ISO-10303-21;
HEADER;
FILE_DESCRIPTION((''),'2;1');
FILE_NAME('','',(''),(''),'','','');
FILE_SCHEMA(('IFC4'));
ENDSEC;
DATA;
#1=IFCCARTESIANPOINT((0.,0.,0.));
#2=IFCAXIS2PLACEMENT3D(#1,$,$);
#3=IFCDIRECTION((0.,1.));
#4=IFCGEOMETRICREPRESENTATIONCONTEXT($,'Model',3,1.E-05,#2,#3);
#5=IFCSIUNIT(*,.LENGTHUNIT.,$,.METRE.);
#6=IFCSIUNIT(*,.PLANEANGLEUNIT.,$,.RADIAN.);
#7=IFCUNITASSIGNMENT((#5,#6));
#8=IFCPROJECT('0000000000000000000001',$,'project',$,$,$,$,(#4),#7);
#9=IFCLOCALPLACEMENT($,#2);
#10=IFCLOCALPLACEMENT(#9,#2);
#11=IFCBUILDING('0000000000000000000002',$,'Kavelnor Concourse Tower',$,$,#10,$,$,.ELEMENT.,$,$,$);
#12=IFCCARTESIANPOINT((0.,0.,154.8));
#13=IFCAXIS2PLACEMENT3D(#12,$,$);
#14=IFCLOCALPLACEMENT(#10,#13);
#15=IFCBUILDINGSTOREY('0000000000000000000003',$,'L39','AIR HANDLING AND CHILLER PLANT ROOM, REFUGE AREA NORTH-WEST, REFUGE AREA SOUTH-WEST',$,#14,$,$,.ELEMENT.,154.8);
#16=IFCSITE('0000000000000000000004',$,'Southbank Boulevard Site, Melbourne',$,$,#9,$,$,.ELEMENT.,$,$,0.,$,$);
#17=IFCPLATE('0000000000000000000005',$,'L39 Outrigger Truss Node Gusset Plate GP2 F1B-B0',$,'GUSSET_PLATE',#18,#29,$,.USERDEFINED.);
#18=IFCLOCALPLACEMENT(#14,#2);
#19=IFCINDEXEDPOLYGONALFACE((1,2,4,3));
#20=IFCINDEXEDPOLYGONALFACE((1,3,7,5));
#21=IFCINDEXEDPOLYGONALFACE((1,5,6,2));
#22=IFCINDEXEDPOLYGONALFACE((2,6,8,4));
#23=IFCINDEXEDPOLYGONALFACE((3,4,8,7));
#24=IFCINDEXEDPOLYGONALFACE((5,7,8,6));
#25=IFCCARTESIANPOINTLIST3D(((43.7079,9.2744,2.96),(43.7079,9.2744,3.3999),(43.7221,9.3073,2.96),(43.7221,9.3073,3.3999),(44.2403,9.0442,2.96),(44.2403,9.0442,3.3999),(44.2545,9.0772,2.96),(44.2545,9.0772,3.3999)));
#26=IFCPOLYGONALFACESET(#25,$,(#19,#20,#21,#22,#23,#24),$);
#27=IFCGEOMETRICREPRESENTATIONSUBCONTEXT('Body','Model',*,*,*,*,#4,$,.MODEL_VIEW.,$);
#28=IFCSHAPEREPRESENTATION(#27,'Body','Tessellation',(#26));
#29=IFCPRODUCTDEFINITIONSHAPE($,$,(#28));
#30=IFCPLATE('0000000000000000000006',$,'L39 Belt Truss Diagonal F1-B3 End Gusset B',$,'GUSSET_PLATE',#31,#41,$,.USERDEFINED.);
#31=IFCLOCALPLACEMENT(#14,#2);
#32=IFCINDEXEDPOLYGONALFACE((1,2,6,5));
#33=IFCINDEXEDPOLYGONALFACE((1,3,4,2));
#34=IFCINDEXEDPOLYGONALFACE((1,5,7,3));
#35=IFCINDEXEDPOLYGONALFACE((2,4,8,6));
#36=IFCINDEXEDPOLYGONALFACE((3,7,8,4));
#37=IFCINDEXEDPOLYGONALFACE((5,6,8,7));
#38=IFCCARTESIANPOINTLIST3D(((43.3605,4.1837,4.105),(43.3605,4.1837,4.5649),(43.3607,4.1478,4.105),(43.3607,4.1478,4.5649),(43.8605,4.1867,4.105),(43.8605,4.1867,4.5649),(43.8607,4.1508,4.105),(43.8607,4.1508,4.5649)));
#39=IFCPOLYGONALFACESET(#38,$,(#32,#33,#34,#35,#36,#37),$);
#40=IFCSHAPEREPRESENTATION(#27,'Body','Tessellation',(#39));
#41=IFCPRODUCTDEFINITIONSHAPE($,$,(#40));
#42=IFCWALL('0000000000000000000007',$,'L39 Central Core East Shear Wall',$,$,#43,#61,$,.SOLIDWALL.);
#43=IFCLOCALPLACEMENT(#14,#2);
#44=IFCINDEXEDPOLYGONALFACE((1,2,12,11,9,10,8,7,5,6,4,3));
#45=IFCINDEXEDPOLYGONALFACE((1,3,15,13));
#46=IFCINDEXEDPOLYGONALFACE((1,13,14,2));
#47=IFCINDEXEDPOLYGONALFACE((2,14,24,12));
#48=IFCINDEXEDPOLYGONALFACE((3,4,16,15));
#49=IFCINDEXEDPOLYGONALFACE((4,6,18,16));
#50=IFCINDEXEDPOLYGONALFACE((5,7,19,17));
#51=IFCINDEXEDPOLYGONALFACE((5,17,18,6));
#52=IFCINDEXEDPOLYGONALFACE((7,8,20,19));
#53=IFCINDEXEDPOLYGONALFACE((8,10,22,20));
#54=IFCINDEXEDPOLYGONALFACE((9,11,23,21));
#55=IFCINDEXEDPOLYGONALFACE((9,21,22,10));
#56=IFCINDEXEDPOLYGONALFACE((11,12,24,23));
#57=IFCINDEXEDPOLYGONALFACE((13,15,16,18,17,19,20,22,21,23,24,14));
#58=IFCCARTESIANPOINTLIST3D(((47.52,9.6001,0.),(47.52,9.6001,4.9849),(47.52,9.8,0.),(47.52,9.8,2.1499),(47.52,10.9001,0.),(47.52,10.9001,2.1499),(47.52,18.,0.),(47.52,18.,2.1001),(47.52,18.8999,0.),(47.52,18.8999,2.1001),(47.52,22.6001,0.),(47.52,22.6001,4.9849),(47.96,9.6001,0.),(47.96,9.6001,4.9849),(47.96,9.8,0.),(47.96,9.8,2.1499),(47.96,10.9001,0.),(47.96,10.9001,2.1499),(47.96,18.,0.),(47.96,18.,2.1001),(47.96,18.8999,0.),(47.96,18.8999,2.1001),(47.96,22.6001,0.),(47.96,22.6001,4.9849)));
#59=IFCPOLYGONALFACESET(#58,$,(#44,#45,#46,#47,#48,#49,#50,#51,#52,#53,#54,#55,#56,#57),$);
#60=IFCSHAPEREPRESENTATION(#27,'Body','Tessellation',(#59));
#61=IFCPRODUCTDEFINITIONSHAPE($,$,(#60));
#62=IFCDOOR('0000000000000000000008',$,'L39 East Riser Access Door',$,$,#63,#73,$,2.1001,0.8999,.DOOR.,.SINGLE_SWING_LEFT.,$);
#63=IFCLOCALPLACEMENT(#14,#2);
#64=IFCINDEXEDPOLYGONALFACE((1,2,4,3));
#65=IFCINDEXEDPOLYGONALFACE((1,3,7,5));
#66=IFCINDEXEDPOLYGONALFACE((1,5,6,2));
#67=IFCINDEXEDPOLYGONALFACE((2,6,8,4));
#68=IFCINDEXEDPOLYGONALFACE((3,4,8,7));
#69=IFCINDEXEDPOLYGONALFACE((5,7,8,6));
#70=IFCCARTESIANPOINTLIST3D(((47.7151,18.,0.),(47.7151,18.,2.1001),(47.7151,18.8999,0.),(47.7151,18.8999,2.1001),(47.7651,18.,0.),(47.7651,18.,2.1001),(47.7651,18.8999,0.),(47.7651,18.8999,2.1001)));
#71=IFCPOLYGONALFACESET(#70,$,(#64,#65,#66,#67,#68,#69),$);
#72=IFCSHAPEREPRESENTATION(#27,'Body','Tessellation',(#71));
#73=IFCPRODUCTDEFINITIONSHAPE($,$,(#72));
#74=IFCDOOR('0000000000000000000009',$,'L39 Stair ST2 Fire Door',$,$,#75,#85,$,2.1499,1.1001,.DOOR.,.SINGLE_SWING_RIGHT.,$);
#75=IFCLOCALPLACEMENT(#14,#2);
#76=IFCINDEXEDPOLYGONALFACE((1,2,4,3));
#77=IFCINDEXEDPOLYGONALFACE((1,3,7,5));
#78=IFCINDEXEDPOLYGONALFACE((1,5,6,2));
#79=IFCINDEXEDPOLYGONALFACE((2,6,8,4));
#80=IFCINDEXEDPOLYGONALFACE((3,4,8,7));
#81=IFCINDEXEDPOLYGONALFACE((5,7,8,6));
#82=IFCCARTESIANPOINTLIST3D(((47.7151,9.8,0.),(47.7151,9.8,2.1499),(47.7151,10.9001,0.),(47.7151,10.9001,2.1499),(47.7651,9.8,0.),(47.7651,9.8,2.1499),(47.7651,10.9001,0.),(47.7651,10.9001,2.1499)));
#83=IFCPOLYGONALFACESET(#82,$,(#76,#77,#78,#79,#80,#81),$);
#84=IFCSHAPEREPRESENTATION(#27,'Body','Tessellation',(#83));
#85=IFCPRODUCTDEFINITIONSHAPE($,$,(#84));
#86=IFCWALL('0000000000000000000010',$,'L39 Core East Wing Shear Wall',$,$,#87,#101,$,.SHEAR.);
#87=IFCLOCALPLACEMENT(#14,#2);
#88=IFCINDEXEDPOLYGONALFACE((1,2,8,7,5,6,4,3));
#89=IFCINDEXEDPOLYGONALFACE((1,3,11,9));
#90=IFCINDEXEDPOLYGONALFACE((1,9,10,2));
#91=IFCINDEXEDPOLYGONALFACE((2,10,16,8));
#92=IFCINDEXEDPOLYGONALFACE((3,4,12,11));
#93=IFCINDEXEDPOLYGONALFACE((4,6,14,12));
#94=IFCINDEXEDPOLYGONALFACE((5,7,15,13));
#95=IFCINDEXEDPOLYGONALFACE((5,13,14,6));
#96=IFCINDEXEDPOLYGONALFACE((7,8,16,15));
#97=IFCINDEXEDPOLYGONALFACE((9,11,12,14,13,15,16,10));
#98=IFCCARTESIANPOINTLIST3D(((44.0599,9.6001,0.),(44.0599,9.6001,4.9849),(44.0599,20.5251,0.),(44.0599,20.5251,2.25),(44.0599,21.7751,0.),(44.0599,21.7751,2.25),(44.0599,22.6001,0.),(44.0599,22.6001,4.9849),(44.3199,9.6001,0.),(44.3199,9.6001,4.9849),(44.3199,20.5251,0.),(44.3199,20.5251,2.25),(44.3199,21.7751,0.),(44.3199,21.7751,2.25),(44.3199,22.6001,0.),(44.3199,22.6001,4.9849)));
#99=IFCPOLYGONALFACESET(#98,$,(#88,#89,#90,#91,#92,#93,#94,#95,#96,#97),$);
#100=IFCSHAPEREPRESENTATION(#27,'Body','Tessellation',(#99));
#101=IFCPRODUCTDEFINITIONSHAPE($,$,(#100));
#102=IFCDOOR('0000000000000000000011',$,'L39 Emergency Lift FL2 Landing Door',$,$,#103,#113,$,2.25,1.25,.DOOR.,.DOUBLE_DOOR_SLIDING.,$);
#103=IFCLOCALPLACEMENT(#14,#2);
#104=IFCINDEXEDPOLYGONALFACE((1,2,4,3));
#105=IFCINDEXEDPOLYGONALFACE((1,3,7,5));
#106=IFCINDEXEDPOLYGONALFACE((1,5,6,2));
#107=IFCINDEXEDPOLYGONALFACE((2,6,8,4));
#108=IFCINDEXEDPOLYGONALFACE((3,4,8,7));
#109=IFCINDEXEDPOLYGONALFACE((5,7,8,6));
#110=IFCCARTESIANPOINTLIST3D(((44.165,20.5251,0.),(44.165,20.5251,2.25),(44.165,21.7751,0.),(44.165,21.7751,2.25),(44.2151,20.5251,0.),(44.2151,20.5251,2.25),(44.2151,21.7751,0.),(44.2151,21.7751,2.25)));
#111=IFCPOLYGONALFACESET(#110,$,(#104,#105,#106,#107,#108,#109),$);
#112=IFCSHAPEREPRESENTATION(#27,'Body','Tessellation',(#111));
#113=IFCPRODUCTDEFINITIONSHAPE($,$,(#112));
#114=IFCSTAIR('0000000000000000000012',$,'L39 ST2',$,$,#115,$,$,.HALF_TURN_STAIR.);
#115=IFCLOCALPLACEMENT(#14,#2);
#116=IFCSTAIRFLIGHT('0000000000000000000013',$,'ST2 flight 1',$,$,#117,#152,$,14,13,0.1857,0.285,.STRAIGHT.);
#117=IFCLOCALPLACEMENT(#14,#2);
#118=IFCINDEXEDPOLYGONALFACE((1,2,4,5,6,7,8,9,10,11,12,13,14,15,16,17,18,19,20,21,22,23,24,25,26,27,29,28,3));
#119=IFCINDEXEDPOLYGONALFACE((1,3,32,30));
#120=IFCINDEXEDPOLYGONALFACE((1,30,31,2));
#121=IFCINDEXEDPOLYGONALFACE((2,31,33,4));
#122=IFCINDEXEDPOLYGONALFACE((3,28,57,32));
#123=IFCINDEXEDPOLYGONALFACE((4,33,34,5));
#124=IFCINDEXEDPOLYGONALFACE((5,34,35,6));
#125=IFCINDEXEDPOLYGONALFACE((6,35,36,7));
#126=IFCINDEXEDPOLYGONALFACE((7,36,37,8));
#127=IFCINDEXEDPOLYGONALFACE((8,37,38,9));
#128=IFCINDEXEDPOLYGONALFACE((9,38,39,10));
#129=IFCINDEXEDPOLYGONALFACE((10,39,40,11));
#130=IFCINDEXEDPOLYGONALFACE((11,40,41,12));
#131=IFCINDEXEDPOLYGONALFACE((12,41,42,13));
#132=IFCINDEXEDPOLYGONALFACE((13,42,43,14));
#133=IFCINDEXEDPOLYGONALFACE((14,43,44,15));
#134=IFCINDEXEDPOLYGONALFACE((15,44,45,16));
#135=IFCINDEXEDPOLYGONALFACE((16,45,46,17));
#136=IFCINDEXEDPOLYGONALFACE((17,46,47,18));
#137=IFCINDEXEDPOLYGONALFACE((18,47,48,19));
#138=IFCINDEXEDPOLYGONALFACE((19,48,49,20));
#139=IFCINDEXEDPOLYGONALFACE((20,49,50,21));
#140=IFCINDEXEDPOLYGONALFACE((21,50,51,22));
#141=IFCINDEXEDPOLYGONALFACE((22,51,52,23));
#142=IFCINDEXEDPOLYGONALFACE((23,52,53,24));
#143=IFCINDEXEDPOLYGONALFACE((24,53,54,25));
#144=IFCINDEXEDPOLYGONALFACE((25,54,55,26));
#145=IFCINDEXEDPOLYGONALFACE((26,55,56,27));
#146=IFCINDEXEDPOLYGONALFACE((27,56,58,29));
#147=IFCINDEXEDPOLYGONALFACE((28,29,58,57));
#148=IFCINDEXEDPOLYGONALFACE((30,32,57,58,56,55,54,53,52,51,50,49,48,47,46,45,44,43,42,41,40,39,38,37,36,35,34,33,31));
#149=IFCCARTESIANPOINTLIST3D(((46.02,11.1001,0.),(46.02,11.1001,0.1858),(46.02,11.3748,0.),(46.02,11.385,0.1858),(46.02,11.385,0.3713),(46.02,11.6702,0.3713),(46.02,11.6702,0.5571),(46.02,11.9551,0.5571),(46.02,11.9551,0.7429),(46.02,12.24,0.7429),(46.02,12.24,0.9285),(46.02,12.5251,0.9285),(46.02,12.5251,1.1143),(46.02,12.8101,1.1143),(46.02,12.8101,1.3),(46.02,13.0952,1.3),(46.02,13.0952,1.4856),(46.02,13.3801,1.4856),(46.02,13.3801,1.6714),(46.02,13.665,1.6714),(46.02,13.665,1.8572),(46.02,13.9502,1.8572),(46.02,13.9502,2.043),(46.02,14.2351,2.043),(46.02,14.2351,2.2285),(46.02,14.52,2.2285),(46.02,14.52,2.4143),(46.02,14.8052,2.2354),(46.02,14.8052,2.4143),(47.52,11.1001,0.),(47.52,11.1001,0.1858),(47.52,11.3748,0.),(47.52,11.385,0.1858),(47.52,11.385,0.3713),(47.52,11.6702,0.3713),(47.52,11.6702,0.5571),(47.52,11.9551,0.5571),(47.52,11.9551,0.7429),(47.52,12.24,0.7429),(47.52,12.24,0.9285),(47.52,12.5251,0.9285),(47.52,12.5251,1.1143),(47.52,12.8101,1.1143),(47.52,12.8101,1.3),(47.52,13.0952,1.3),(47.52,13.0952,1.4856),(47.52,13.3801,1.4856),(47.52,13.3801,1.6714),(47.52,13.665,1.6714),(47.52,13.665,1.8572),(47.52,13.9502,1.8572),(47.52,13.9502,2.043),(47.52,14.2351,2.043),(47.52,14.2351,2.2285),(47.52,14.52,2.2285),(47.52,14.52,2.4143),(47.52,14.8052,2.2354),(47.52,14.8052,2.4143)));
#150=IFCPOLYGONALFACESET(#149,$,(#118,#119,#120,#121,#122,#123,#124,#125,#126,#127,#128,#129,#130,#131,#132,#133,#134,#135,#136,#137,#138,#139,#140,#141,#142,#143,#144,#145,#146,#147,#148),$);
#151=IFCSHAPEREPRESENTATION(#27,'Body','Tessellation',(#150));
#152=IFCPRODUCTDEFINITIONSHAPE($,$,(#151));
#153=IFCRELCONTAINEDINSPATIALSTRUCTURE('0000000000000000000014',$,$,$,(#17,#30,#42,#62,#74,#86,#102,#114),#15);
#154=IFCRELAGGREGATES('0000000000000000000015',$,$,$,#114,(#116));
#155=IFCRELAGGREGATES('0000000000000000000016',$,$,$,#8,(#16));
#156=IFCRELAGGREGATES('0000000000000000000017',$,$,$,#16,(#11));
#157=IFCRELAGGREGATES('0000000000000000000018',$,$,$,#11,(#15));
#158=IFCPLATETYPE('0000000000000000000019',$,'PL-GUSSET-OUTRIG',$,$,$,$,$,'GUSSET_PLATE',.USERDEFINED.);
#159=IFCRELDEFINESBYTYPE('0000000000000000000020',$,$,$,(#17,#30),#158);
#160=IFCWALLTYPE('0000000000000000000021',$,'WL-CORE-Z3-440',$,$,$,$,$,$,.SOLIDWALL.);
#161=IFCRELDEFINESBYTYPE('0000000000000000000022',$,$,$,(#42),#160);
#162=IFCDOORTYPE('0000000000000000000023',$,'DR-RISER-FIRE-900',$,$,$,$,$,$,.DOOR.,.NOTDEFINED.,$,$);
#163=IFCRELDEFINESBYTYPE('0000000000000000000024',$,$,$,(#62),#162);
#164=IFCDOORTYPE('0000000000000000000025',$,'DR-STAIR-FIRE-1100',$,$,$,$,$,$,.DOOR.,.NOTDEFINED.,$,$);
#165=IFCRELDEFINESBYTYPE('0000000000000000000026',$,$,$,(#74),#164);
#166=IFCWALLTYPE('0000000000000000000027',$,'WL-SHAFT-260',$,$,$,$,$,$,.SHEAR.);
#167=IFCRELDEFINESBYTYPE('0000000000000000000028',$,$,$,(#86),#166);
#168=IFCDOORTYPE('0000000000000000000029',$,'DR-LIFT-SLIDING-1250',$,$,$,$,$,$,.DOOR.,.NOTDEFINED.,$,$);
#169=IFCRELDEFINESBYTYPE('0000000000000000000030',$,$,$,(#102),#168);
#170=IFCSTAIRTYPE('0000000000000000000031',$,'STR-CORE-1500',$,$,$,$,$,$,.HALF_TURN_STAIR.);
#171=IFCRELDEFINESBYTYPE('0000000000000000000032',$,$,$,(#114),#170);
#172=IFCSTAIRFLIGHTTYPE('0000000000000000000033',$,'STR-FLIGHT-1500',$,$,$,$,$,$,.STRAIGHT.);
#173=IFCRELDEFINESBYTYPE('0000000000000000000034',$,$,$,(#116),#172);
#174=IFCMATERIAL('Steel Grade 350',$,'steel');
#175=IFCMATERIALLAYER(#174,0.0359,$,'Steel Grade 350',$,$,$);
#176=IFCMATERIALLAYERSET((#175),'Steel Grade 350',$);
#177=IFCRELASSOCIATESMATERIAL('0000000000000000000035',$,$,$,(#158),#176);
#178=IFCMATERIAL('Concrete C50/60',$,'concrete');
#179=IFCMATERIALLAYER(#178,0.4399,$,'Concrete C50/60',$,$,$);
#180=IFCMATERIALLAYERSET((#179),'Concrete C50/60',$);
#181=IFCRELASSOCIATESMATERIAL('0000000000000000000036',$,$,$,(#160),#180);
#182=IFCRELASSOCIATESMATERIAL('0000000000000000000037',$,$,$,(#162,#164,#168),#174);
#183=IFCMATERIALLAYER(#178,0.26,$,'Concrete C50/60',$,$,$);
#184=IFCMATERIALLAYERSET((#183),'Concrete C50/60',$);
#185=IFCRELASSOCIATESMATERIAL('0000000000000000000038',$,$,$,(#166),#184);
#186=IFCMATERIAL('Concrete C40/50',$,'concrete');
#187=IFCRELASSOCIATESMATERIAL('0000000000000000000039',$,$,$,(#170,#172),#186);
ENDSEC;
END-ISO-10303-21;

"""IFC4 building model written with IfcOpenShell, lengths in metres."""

from ifc_helpers import new_model, si_unit, direction, frame, frame_2d, origin, origin_2d, place, context, subcontext, project, spatial, polyline, rectangle, outline, extrude, material, layer, layer_set, type_object, element, fill, aggregate, save


model = new_model("IFC4")

# Units and contexts
model_context = context("Model", 3, precision=1e-05, world=origin(), true_north=direction((0.0, 1.0)))
body_context = subcontext(model_context, "Body", "Model", "MODEL_VIEW")
ifc_project = project(units=[si_unit("LENGTHUNIT", "METRE"), si_unit("PLANEANGLEUNIT", "RADIAN")], contexts=[model_context])

# Site, building, storey
site_placement = place(None, origin())
site = spatial("IfcSite", under=ifc_project, at=site_placement, Name="Southbank Boulevard Site, Melbourne", CompositionType="ELEMENT", RefElevation=0.0)
building_placement = place(site_placement, origin())
building = spatial("IfcBuilding", under=site, at=building_placement, Name="Kavelnor Concourse Tower", CompositionType="ELEMENT")
storey_placement = place(building_placement, frame((0.0, 0.0, 154.8)))
storey = spatial("IfcBuildingStorey", under=building, at=storey_placement, Name="L39", Description="AIR HANDLING AND CHILLER PLANT ROOM, REFUGE AREA NORTH-WEST, REFUGE AREA SOUTH-WEST", CompositionType="ELEMENT", Elevation=154.8)

# Shared definitions
ifc_material_1 = material(Name="Steel Grade 350", Category="steel")

# Plates
ifc_layer_1 = layer(ifc_material_1, 0.0359, Name="Steel Grade 350")
ifc_layer_set_1 = layer_set([ifc_layer_1], Name="Steel Grade 350")
plate_type = type_object("IfcPlateType", Name="PL-GUSSET-OUTRIG", ElementType="GUSSET_PLATE", PredefinedType="USERDEFINED", material=ifc_layer_set_1)
plate_1_placement = place(storey_placement, frame((43.9812, 9.1758, 2.96), z_axis=(0.0, 0.0, 1.0), x_axis=(0.917893, -0.396828, 0.0)))
element("IfcPlate", 1, at=plate_1_placement, inside=storey, type_object=plate_type, Name="L39 Outrigger Truss Node Gusset Plate GP2 F1B-B0", ObjectType="GUSSET_PLATE", PredefinedType="USERDEFINED", context=body_context, shape_type="SweptSolid", body=[
    extrude(rectangle(XDim=0.5801, YDim=0.0359, at=origin_2d()), origin(), (0.0, 0.0, 1.0), 0.4399),
])
plate_2_placement = place(storey_placement, frame((43.6106, 4.1672, 4.105), z_axis=(0.0, 0.0, 1.0), x_axis=(0.999981, 0.006109, 0.0)))
element("IfcPlate", 2, at=plate_2_placement, inside=storey, type_object=plate_type, Name="L39 Belt Truss Diagonal F1-B3 End Gusset B", ObjectType="GUSSET_PLATE", PredefinedType="USERDEFINED", context=body_context, shape_type="SweptSolid", body=[
    extrude(rectangle(XDim=0.5, YDim=0.0359, at=origin_2d()), origin(), (0.0, 0.0, 1.0), 0.46),
])

# Wall, openings, doors
ifc_material_2 = material(Name="Concrete C50/60", Category="concrete")
ifc_layer_2 = layer(ifc_material_2, 0.4399, Name="Concrete C50/60")
ifc_layer_set_2 = layer_set([ifc_layer_2], Name="Concrete C50/60")
wall_type_1 = type_object("IfcWallType", Name="WL-CORE-Z3-440", PredefinedType="SOLIDWALL", material=ifc_layer_set_2)
wall_1_placement = place(storey_placement, frame((47.74, 9.6001, 0.0), z_axis=(0.0, 0.0, 1.0), x_axis=(0.0, 1.0, 0.0)))
wall_1 = element("IfcWall", 3, at=wall_1_placement, inside=storey, type_object=wall_type_1, Name="L39 Central Core East Shear Wall", PredefinedType="SOLIDWALL", context=body_context, shape_type="SweptSolid", body=[
    extrude(rectangle(XDim=13.0, YDim=0.4399, at=frame_2d((6.5, 0.0))), origin(), (0.0, 0.0, 1.0), 4.9849),
])
opening_1_placement = place(wall_1_placement, frame((0.2, 0.0, 0.0)))
opening_1 = element("IfcOpeningElement", 4, at=opening_1_placement, cuts=wall_1, PredefinedType="OPENING", context=body_context, shape_type="SweptSolid", body=[
    extrude(rectangle(XDim=1.1001, YDim=2.1499, at=frame_2d((0.55, 1.075))), frame((0.0, 0.23, 0.0), z_axis=(0.0, -1.0, 0.0), x_axis=(1.0, 0.0, 0.0)), (0.0, 0.0, 1.0), 0.46),
])
opening_2_placement = place(wall_1_placement, frame((8.3999, 0.0, 0.0)))
opening_2 = element("IfcOpeningElement", 5, at=opening_2_placement, cuts=wall_1, PredefinedType="OPENING", context=body_context, shape_type="SweptSolid", body=[
    extrude(rectangle(XDim=0.8999, YDim=2.1001, at=frame_2d((0.45, 1.05))), frame((0.0, 0.23, 0.0), z_axis=(0.0, -1.0, 0.0), x_axis=(1.0, 0.0, 0.0)), (0.0, 0.0, 1.0), 0.46),
])
door_type_1 = type_object("IfcDoorType", Name="DR-RISER-FIRE-900", OperationType="NOTDEFINED", PredefinedType="DOOR", material=ifc_material_1)
door_1_placement = place(opening_2_placement, origin())
door_1 = element("IfcDoor", 6, at=door_1_placement, inside=storey, type_object=door_type_1, Name="L39 East Riser Access Door", OperationType="SINGLE_SWING_LEFT", OverallHeight=2.1001, OverallWidth=0.8999, PredefinedType="DOOR", context=body_context, shape_type="SweptSolid", body=[
    extrude(rectangle(XDim=0.8999, YDim=2.1001, at=frame_2d((0.45, 1.05))), frame((0.0, 0.0249, 0.0), z_axis=(0.0, -1.0, 0.0), x_axis=(1.0, 0.0, 0.0)), (0.0, 0.0, 1.0), 0.05),
])
fill(opening_2, door_1)
door_type_2 = type_object("IfcDoorType", Name="DR-STAIR-FIRE-1100", OperationType="NOTDEFINED", PredefinedType="DOOR", material=ifc_material_1)
door_2_placement = place(opening_1_placement, origin())
door_2 = element("IfcDoor", 7, at=door_2_placement, inside=storey, type_object=door_type_2, Name="L39 Stair ST2 Fire Door", OperationType="SINGLE_SWING_RIGHT", OverallHeight=2.1499, OverallWidth=1.1001, PredefinedType="DOOR", context=body_context, shape_type="SweptSolid", body=[
    extrude(rectangle(XDim=1.1001, YDim=2.1499, at=frame_2d((0.55, 1.075))), frame((0.0, 0.0249, 0.0), z_axis=(0.0, -1.0, 0.0), x_axis=(1.0, 0.0, 0.0)), (0.0, 0.0, 1.0), 0.05),
])
fill(opening_1, door_2)

# Wall, opening, door
ifc_layer_3 = layer(ifc_material_2, 0.26, Name="Concrete C50/60")
ifc_layer_set_3 = layer_set([ifc_layer_3], Name="Concrete C50/60")
wall_type_2 = type_object("IfcWallType", Name="WL-SHAFT-260", PredefinedType="SHEAR", material=ifc_layer_set_3)
wall_2_placement = place(storey_placement, frame((44.1899, 9.6001, 0.0), z_axis=(0.0, 0.0, 1.0), x_axis=(0.0, 1.0, 0.0)))
wall_2 = element("IfcWall", 8, at=wall_2_placement, inside=storey, type_object=wall_type_2, Name="L39 Core East Wing Shear Wall", PredefinedType="SHEAR", context=body_context, shape_type="SweptSolid", body=[
    extrude(rectangle(XDim=13.0, YDim=0.26, at=frame_2d((6.5, 0.0))), origin(), (0.0, 0.0, 1.0), 4.9849),
])
opening_3_placement = place(wall_2_placement, frame((10.925, 0.0, 0.0)))
opening_3 = element("IfcOpeningElement", 9, at=opening_3_placement, cuts=wall_2, PredefinedType="OPENING", context=body_context, shape_type="SweptSolid", body=[
    extrude(rectangle(XDim=1.25, YDim=2.25, at=frame_2d((0.625, 1.125))), frame((0.0, 0.1401, 0.0), z_axis=(0.0, -1.0, 0.0), x_axis=(1.0, 0.0, 0.0)), (0.0, 0.0, 1.0), 0.28),
])
door_type_3 = type_object("IfcDoorType", Name="DR-LIFT-SLIDING-1250", OperationType="NOTDEFINED", PredefinedType="DOOR", material=ifc_material_1)
door_3_placement = place(opening_3_placement, origin())
door_3 = element("IfcDoor", 10, at=door_3_placement, inside=storey, type_object=door_type_3, Name="L39 Emergency Lift FL2 Landing Door", OperationType="DOUBLE_DOOR_SLIDING", OverallHeight=2.25, OverallWidth=1.25, PredefinedType="DOOR", context=body_context, shape_type="SweptSolid", body=[
    extrude(rectangle(XDim=1.25, YDim=2.25, at=frame_2d((0.625, 1.125))), frame((0.0, 0.0249, 0.0), z_axis=(0.0, -1.0, 0.0), x_axis=(1.0, 0.0, 0.0)), (0.0, 0.0, 1.0), 0.05),
])
fill(opening_3, door_3)

# Stair, stair flight
ifc_material_3 = material(Name="Concrete C40/50", Category="concrete")
stair_type = type_object("IfcStairType", Name="STR-CORE-1500", PredefinedType="HALF_TURN_STAIR", material=ifc_material_3)
stair_placement = place(storey_placement, origin())
stair = element("IfcStair", 11, at=stair_placement, inside=storey, type_object=stair_type, Name="L39 ST2", PredefinedType="HALF_TURN_STAIR")
stair_flight_type = type_object("IfcStairFlightType", Name="STR-FLIGHT-1500", PredefinedType="STRAIGHT", material=ifc_material_3)
stair_flight_placement = place(storey_placement, frame((46.77, 11.1001, 0.0), z_axis=(0.0, 0.0, 1.0), x_axis=(0.0, 1.0, 0.0)))
stair_flight = element("IfcStairFlight", 12, at=stair_flight_placement, type_object=stair_flight_type, Name="ST2 flight 1", NumberOfRisers=14, NumberOfTreads=13, PredefinedType="STRAIGHT", RiserHeight=0.1857, TreadLength=0.285, context=body_context, shape_type="SweptSolid", body=[
    extrude(outline(polyline([(0.0, 0.0), (0.0, 0.1858), (0.2849, 0.1858), (0.2849, 0.3713), (0.5701, 0.3713), (0.5701, 0.5571), (0.855, 0.5571), (0.855, 0.7429), (1.1399, 0.7429), (1.1399, 0.9285), (1.425, 0.9285), (1.425, 1.1143), (1.71, 1.1143), (1.71, 1.3), (1.9951, 1.3), (1.9951, 1.4856), (2.28, 1.4856), (2.28, 1.6714), (2.5649, 1.6714), (2.5649, 1.8572), (2.8501, 1.8572), (2.8501, 2.043), (3.135, 2.043), (3.135, 2.2285), (3.4199, 2.2285), (3.4199, 2.4143), (3.7051, 2.4143), (3.7051, 2.6001), (3.7051, 2.2354), (0.2747, 0.0), (0.0, 0.0)])), frame((0.0, 0.75, 0.0), z_axis=(0.0, -1.0, 0.0), x_axis=(1.0, 0.0, 0.0)), (0.0, 0.0, 1.0), 1.5),
])
aggregate(stair, [stair_flight])

save(model, "model.ifc")
